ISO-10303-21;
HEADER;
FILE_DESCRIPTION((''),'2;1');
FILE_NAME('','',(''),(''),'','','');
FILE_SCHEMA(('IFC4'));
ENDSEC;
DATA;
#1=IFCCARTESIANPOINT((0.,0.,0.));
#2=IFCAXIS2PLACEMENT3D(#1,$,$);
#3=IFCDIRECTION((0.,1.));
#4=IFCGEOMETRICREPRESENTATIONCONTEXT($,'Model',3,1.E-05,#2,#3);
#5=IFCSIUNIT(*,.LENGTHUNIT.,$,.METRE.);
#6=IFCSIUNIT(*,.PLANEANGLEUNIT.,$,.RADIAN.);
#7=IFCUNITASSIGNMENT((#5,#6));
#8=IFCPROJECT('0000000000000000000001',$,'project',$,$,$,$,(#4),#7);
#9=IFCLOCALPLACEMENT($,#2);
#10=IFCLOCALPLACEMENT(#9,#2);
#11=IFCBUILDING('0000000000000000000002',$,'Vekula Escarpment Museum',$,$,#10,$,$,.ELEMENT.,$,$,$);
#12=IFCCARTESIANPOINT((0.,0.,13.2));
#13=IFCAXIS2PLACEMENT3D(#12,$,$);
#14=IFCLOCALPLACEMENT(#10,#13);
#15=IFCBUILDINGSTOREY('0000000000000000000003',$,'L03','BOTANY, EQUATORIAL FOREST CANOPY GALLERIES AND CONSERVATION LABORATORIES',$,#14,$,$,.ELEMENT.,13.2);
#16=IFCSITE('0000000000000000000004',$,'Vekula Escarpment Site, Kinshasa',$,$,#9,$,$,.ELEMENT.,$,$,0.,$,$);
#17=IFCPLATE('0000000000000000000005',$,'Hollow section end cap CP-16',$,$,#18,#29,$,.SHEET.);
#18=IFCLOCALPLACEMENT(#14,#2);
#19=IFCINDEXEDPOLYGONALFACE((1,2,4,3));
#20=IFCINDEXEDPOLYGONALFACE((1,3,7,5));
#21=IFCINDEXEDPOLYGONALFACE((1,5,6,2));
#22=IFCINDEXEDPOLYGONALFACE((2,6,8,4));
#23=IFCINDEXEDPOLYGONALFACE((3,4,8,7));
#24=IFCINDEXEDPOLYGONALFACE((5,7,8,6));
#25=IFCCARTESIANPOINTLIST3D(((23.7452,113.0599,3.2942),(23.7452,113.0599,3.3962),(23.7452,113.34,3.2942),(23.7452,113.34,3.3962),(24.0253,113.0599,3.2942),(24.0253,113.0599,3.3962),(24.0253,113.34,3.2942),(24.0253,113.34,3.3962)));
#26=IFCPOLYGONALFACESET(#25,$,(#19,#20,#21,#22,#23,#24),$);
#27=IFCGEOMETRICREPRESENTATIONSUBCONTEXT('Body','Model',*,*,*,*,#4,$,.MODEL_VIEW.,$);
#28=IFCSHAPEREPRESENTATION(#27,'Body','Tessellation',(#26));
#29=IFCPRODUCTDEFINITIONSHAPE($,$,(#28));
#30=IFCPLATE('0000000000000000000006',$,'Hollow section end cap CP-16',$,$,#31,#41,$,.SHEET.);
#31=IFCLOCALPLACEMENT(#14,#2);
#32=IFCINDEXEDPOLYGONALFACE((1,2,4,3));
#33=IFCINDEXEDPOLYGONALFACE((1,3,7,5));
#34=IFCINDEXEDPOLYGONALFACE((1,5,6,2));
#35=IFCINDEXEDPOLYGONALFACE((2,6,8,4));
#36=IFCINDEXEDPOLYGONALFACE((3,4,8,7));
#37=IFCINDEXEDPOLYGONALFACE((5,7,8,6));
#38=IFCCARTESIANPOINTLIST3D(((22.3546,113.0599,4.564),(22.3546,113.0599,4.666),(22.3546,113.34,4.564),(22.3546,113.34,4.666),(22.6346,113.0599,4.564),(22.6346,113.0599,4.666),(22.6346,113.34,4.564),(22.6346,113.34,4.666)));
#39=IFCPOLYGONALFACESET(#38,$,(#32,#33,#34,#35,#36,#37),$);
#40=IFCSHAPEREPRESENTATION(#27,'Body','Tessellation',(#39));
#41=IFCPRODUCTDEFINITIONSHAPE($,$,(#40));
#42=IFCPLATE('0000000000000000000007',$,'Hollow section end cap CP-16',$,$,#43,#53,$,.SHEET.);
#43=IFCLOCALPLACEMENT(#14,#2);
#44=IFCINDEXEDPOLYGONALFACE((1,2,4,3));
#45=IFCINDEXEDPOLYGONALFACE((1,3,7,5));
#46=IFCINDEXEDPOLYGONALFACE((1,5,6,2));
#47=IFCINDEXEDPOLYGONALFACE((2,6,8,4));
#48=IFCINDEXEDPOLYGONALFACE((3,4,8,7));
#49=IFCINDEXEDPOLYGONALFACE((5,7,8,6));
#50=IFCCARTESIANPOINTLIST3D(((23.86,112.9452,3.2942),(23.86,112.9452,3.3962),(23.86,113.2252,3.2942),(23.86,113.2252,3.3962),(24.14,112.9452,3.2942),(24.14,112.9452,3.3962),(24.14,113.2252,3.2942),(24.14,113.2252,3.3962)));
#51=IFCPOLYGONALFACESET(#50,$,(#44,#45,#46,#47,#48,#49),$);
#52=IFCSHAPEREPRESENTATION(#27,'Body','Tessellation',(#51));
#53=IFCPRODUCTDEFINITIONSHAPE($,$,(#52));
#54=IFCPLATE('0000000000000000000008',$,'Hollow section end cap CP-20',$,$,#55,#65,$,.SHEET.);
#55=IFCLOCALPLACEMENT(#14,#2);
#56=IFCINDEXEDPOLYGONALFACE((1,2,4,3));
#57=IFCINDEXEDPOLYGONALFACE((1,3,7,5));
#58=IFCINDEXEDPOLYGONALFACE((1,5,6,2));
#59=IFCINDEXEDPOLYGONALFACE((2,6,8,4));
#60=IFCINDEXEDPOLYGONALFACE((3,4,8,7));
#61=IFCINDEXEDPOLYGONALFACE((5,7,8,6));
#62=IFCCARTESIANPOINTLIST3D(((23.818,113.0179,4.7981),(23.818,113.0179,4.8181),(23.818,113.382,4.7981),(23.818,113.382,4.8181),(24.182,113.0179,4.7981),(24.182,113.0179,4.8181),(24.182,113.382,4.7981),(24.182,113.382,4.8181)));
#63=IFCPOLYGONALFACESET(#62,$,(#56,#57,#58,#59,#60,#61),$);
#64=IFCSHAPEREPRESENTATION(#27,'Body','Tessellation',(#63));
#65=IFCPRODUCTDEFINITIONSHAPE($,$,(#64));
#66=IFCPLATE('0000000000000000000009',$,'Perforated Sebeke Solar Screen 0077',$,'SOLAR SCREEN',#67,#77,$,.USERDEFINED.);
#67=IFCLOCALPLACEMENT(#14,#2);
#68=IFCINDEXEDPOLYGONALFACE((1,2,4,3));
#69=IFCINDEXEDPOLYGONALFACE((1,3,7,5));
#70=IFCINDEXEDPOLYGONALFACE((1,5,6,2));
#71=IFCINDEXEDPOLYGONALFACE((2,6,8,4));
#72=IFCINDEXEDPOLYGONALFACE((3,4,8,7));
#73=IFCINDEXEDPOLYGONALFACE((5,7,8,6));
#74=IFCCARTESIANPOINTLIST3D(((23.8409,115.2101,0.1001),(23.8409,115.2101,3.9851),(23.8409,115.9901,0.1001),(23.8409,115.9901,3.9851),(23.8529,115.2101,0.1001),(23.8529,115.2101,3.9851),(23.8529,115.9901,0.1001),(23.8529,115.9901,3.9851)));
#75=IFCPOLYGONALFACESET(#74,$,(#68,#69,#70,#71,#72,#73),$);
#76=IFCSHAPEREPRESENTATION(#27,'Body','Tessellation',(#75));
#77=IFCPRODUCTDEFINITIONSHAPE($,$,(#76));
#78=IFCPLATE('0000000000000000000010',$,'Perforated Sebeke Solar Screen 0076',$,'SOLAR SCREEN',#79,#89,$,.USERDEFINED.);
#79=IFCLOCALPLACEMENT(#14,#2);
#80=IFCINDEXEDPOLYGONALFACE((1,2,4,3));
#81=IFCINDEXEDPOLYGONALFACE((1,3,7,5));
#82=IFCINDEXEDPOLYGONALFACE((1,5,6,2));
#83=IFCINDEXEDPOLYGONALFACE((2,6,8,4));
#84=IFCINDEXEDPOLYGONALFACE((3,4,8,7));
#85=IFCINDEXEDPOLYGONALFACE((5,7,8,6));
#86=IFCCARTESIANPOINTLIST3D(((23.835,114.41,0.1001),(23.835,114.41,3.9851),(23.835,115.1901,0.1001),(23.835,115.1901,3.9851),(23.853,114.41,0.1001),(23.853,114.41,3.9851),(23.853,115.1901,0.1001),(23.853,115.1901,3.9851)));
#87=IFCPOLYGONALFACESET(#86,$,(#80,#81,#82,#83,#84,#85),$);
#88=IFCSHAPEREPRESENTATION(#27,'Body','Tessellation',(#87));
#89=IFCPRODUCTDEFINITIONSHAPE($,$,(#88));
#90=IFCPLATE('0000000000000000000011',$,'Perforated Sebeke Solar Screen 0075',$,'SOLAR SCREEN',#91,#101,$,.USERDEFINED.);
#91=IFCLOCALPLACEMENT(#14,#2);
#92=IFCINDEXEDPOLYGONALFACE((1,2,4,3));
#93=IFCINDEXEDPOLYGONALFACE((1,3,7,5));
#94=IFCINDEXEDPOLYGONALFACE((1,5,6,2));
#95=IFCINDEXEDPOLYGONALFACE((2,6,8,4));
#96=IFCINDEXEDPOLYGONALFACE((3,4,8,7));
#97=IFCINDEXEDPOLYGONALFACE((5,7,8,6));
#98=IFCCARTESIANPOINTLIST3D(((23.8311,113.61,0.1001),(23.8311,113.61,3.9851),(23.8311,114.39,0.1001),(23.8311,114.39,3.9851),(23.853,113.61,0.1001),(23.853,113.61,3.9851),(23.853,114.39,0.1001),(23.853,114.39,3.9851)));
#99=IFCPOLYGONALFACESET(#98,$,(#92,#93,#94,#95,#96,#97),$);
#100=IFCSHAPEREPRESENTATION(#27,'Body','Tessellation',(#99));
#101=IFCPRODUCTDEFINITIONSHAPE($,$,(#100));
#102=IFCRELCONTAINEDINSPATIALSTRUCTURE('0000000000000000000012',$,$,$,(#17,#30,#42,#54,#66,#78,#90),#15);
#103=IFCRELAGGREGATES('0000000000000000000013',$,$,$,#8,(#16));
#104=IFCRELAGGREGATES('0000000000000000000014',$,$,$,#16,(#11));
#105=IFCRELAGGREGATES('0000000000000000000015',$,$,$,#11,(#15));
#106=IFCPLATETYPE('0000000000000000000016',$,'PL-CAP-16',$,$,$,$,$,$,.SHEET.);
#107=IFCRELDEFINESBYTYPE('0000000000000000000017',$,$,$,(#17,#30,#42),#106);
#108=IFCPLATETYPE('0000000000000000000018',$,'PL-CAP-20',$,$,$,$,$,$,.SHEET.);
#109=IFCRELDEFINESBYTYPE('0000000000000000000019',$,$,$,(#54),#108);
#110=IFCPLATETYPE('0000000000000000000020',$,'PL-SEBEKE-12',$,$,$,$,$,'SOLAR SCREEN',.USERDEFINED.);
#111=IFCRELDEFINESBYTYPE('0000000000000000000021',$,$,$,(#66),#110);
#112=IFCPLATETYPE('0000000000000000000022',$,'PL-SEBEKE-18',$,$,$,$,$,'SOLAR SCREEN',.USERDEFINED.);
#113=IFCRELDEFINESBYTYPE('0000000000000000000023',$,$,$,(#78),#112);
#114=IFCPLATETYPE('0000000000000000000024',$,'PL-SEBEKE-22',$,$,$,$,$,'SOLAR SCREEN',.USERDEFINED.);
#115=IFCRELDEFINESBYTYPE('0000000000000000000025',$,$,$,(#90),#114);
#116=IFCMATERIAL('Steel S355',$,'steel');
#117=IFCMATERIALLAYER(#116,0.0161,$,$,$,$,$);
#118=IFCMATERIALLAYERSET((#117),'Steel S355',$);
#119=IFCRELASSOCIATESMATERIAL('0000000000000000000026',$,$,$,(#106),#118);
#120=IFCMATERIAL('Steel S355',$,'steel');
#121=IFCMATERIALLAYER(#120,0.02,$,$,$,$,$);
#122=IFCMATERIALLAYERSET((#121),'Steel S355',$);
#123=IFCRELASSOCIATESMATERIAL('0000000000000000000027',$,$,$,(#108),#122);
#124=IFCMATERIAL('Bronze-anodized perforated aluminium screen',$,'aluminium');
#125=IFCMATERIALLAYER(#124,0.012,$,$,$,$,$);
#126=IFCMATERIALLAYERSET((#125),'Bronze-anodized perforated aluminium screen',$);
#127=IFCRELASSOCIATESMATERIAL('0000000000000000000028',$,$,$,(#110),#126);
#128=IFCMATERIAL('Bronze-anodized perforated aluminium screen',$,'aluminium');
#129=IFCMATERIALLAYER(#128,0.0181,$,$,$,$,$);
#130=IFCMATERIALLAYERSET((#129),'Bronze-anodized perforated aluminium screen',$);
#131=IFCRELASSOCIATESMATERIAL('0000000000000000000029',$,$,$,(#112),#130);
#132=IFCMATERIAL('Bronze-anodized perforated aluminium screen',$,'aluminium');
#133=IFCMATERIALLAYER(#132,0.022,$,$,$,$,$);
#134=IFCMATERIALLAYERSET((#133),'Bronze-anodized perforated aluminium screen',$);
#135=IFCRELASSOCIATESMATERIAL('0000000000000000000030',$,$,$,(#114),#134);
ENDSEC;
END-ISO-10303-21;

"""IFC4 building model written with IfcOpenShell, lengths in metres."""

from ifc_helpers import new_model, si_unit, direction, frame, origin, origin_2d, place, context, subcontext, project, spatial, rectangle, extrude, material, layer, layer_set, type_object, element, save


model = new_model("IFC4")

# Units and contexts
model_context = context("Model", 3, precision=1e-05, world=origin(), true_north=direction((0.0, 1.0)))
body_context = subcontext(model_context, "Body", "Model", "MODEL_VIEW")
ifc_project = project(units=[si_unit("LENGTHUNIT", "METRE"), si_unit("PLANEANGLEUNIT", "RADIAN")], contexts=[model_context])

# Site, building, storey
site_placement = place(None, origin())
site = spatial("IfcSite", under=ifc_project, at=site_placement, Name="Vekula Escarpment Site, Kinshasa", CompositionType="ELEMENT", RefElevation=0.0)
building_placement = place(site_placement, origin())
building = spatial("IfcBuilding", under=site, at=building_placement, Name="Vekula Escarpment Museum", CompositionType="ELEMENT")
storey_placement = place(building_placement, frame((0.0, 0.0, 13.2)))
storey = spatial("IfcBuildingStorey", under=building, at=storey_placement, Name="L03", Description="BOTANY, EQUATORIAL FOREST CANOPY GALLERIES AND CONSERVATION LABORATORIES", CompositionType="ELEMENT", Elevation=13.2)

# Plates
ifc_material_1 = material(Name="Steel S355", Category="steel")
ifc_layer_1 = layer(ifc_material_1, 0.0161)
ifc_layer_set_1 = layer_set([ifc_layer_1], Name="Steel S355")
plate_type_1 = type_object("IfcPlateType", Name="PL-CAP-16", PredefinedType="SHEET", material=ifc_layer_set_1)
for number, where, z_axis, x_axis, name in (
    (1, (23.8853, 113.2, 3.2942), (0.0, 0.0, 1.0), (1.0, 0.0, 0.0), "Hollow section end cap CP-16"),
    (2, (22.4946, 113.2, 4.564), (0.0, 0.0, 1.0), (1.0, 0.0, 0.0), "Hollow section end cap CP-16"),
    (3, (24.0, 113.0852, 3.2942), (0.0, 0.0, 1.0), (1.0, 0.0, 0.0), "Hollow section end cap CP-16"),
):
    element("IfcPlate", number, at=place(storey_placement, frame(where, z_axis=z_axis, x_axis=x_axis)), inside=storey, type_object=plate_type_1, Name=name, PredefinedType="SHEET", context=body_context, shape_type="SweptSolid", body=[
        extrude(rectangle(XDim=0.28, YDim=0.28, at=origin_2d()), origin(), (0.0, 0.0, 1.0), 0.1021),
    ])
ifc_material_2 = material(Name="Steel S355", Category="steel")
ifc_layer_2 = layer(ifc_material_2, 0.02)
ifc_layer_set_2 = layer_set([ifc_layer_2], Name="Steel S355")
plate_type_2 = type_object("IfcPlateType", Name="PL-CAP-20", PredefinedType="SHEET", material=ifc_layer_set_2)
plate_1_placement = place(storey_placement, frame((24.0, 113.2, 4.7981), z_axis=(0.0, 0.0, 1.0), x_axis=(1.0, 0.0, 0.0)))
element("IfcPlate", 4, at=plate_1_placement, inside=storey, type_object=plate_type_2, Name="Hollow section end cap CP-20", PredefinedType="SHEET", context=body_context, shape_type="SweptSolid", body=[
    extrude(rectangle(XDim=0.364, YDim=0.364, at=origin_2d()), origin(), (0.0, 0.0, 1.0), 0.02),
])
ifc_material_3 = material(Name="Bronze-anodized perforated aluminium screen", Category="aluminium")
ifc_layer_3 = layer(ifc_material_3, 0.012)
ifc_layer_set_3 = layer_set([ifc_layer_3], Name="Bronze-anodized perforated aluminium screen")
plate_type_3 = type_object("IfcPlateType", Name="PL-SEBEKE-12", ElementType="SOLAR SCREEN", PredefinedType="USERDEFINED", material=ifc_layer_set_3)
plate_2_placement = place(storey_placement, frame((23.8469, 115.6001, 0.1001), z_axis=(0.0, 0.0, 1.0), x_axis=(0.0, 1.0, 0.0)))
element("IfcPlate", 5, at=plate_2_placement, inside=storey, type_object=plate_type_3, Name="Perforated Sebeke Solar Screen 0077", ObjectType="SOLAR SCREEN", PredefinedType="USERDEFINED", context=body_context, shape_type="SweptSolid", body=[
    extrude(rectangle(XDim=0.78, YDim=0.012, at=origin_2d()), origin(), (0.0, 0.0, 1.0), 3.885),
])
ifc_material_4 = material(Name="Bronze-anodized perforated aluminium screen", Category="aluminium")
ifc_layer_4 = layer(ifc_material_4, 0.0181)
ifc_layer_set_4 = layer_set([ifc_layer_4], Name="Bronze-anodized perforated aluminium screen")
plate_type_4 = type_object("IfcPlateType", Name="PL-SEBEKE-18", ElementType="SOLAR SCREEN", PredefinedType="USERDEFINED", material=ifc_layer_set_4)
plate_3_placement = place(storey_placement, frame((23.844, 114.8, 0.1001), z_axis=(0.0, 0.0, 1.0), x_axis=(0.0, 1.0, 0.0)))
element("IfcPlate", 6, at=plate_3_placement, inside=storey, type_object=plate_type_4, Name="Perforated Sebeke Solar Screen 0076", ObjectType="SOLAR SCREEN", PredefinedType="USERDEFINED", context=body_context, shape_type="SweptSolid", body=[
    extrude(rectangle(XDim=0.78, YDim=0.0181, at=origin_2d()), origin(), (0.0, 0.0, 1.0), 3.885),
])
ifc_material_5 = material(Name="Bronze-anodized perforated aluminium screen", Category="aluminium")
ifc_layer_5 = layer(ifc_material_5, 0.022)
ifc_layer_set_5 = layer_set([ifc_layer_5], Name="Bronze-anodized perforated aluminium screen")
plate_type_5 = type_object("IfcPlateType", Name="PL-SEBEKE-22", ElementType="SOLAR SCREEN", PredefinedType="USERDEFINED", material=ifc_layer_set_5)
plate_4_placement = place(storey_placement, frame((23.842, 114.0, 0.1001), z_axis=(0.0, 0.0, 1.0), x_axis=(0.0, 1.0, 0.0)))
element("IfcPlate", 7, at=plate_4_placement, inside=storey, type_object=plate_type_5, Name="Perforated Sebeke Solar Screen 0075", ObjectType="SOLAR SCREEN", PredefinedType="USERDEFINED", context=body_context, shape_type="SweptSolid", body=[
    extrude(rectangle(XDim=0.78, YDim=0.022, at=origin_2d()), origin(), (0.0, 0.0, 1.0), 3.885),
])

save(model, "model.ifc")
